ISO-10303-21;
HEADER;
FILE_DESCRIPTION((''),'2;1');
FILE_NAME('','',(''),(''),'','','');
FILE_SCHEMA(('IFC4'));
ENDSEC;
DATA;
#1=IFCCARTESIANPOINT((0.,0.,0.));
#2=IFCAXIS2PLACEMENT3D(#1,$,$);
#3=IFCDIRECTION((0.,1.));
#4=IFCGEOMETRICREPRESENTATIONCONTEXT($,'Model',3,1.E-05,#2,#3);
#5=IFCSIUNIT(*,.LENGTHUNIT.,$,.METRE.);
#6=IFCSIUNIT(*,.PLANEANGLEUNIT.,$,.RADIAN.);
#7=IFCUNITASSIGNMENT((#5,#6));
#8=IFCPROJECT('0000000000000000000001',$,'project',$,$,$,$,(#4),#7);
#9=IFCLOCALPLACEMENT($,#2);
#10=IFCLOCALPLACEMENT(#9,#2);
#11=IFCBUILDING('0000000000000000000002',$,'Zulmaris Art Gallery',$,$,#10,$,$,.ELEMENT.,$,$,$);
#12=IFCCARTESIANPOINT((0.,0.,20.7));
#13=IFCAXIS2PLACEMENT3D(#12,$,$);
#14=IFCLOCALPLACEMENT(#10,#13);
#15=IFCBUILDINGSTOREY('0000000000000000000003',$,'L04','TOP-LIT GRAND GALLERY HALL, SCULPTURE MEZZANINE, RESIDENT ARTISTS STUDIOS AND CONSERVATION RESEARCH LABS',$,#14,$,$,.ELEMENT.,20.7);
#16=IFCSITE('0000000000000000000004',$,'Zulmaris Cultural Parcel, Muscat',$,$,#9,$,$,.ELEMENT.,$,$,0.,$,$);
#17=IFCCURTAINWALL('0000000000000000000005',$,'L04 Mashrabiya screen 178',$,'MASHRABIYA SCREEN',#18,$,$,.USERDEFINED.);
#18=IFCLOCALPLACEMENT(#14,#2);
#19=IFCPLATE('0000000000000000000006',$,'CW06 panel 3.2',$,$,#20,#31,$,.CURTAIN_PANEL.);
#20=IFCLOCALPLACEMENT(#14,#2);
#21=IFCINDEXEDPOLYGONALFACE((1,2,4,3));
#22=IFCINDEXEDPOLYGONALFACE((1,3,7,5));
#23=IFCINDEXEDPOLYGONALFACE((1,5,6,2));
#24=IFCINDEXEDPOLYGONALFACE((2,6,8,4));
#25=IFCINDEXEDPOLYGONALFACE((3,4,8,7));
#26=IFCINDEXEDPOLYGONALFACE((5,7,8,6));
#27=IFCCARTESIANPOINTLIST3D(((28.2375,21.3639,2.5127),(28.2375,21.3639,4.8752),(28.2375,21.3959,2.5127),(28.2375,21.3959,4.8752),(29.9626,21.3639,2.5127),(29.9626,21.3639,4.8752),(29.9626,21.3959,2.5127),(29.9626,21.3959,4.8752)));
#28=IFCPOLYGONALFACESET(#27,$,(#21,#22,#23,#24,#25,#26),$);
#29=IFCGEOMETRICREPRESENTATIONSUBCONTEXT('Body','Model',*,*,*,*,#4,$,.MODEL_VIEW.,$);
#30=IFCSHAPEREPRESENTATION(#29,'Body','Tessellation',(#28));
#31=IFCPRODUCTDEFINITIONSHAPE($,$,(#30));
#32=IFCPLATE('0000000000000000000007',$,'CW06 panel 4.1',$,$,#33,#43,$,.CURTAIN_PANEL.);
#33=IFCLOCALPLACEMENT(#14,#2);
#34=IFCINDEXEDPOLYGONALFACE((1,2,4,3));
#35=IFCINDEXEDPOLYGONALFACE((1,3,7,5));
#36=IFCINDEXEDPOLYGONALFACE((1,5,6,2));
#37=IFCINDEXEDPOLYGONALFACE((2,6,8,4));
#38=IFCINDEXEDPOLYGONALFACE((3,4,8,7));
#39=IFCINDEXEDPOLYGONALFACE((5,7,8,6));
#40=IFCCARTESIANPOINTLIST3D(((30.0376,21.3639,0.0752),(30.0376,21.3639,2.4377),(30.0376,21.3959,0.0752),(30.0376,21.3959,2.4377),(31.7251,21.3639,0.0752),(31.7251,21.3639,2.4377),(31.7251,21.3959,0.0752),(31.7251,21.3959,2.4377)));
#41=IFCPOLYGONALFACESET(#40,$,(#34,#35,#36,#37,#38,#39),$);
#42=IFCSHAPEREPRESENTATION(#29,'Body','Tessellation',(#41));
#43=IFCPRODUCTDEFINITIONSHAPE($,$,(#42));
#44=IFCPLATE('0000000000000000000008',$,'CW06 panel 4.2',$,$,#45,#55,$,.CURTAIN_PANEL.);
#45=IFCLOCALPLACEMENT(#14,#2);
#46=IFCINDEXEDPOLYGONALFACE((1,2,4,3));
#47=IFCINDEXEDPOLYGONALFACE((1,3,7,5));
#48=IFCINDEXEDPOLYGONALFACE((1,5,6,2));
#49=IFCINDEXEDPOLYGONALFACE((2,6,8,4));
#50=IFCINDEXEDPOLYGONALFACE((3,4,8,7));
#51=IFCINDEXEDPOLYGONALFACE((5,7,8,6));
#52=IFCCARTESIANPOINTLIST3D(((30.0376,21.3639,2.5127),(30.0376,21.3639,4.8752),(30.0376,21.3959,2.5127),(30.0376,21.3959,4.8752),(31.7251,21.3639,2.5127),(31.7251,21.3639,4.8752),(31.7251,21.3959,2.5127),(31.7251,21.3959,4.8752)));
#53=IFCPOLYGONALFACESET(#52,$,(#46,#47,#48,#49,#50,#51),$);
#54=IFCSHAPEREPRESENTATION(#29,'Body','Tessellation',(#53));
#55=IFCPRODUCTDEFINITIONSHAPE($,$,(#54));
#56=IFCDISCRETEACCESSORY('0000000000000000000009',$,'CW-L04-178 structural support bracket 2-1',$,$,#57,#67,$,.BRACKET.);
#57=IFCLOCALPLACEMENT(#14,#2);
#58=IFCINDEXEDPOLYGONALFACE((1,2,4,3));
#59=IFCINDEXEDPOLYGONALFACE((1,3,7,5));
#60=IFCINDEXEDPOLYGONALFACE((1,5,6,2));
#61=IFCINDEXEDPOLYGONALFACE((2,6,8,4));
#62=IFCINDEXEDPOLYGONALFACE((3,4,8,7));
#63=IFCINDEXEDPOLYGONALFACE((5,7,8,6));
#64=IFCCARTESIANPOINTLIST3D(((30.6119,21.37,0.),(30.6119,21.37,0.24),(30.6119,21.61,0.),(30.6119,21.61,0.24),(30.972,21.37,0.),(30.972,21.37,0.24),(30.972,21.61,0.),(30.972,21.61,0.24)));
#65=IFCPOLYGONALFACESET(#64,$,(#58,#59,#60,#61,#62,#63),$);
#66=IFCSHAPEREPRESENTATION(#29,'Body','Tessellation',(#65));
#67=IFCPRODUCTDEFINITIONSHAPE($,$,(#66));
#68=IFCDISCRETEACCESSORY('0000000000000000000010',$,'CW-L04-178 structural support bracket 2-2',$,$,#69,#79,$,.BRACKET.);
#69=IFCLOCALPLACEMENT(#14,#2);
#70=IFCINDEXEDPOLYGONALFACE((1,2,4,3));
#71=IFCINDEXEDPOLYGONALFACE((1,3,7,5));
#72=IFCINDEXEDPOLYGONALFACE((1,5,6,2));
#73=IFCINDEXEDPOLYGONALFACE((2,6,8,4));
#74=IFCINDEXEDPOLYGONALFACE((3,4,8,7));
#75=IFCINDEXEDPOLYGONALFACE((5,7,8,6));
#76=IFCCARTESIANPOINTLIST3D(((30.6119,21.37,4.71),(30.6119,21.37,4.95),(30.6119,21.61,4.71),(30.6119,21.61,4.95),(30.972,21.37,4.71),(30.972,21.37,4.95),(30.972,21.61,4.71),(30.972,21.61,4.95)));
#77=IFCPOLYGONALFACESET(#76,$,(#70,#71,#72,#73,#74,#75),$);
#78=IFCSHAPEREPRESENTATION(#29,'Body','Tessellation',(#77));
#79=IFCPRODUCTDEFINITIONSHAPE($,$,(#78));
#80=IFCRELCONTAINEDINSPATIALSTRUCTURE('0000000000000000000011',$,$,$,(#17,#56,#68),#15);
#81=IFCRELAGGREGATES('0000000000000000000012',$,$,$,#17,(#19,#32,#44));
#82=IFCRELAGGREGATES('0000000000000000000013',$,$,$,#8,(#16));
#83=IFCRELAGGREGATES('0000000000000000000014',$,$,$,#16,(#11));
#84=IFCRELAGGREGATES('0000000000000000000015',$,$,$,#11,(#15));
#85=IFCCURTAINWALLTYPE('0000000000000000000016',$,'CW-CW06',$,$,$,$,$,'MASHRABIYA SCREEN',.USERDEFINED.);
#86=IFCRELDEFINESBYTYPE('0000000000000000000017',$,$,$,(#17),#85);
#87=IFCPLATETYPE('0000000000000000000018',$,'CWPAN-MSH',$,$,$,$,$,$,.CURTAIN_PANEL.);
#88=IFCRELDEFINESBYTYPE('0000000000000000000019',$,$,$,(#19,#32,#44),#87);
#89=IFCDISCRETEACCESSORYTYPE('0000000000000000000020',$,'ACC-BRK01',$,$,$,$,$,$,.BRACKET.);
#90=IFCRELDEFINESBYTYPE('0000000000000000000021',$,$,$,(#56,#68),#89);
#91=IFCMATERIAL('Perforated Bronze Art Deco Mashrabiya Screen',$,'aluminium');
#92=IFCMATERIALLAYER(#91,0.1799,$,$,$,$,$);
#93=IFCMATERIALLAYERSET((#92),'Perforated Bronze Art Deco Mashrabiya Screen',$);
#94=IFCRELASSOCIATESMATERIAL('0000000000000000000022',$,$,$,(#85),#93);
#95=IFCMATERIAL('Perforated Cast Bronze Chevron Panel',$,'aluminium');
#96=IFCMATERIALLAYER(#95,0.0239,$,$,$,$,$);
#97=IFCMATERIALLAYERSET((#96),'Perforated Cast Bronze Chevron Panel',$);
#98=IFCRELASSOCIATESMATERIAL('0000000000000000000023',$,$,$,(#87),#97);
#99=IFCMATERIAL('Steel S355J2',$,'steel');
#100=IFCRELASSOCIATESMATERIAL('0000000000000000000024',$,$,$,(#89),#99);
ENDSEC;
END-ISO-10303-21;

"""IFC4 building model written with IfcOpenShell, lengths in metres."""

from ifc_helpers import new_model, si_unit, direction, frame, origin, origin_2d, place, context, subcontext, project, spatial, rectangle, extrude, material, layer, layer_set, type_object, element, aggregate, save


model = new_model("IFC4")

# Units and contexts
model_context = context("Model", 3, precision=1e-05, world=origin(), true_north=direction((0.0, 1.0)))
body_context = subcontext(model_context, "Body", "Model", "MODEL_VIEW")
ifc_project = project(units=[si_unit("LENGTHUNIT", "METRE"), si_unit("PLANEANGLEUNIT", "RADIAN")], contexts=[model_context])

# Site, building, storey
site_placement = place(None, origin())
site = spatial("IfcSite", under=ifc_project, at=site_placement, Name="Zulmaris Cultural Parcel, Muscat", CompositionType="ELEMENT", RefElevation=0.0)
building_placement = place(site_placement, origin())
building = spatial("IfcBuilding", under=site, at=building_placement, Name="Zulmaris Art Gallery", CompositionType="ELEMENT")
storey_placement = place(building_placement, frame((0.0, 0.0, 20.7)))
storey = spatial("IfcBuildingStorey", under=building, at=storey_placement, Name="L04", Description="TOP-LIT GRAND GALLERY HALL, SCULPTURE MEZZANINE, RESIDENT ARTISTS STUDIOS AND CONSERVATION RESEARCH LABS", CompositionType="ELEMENT", Elevation=20.7)

# Curtain wall
ifc_material_1 = material(Name="Perforated Bronze Art Deco Mashrabiya Screen", Category="aluminium")
ifc_layer_1 = layer(ifc_material_1, 0.1799)
ifc_layer_set_1 = layer_set([ifc_layer_1], Name="Perforated Bronze Art Deco Mashrabiya Screen")
curtain_wall_type_1 = type_object("IfcCurtainWallType", Name="CW-CW06", ElementType="MASHRABIYA SCREEN", PredefinedType="USERDEFINED", material=ifc_layer_set_1)
curtain_wall_1_placement = place(storey_placement, origin())
curtain_wall_1 = element("IfcCurtainWall", 1, at=curtain_wall_1_placement, inside=storey, type_object=curtain_wall_type_1, Name="L04 Mashrabiya screen 178", ObjectType="MASHRABIYA SCREEN", PredefinedType="USERDEFINED")

# Plates
ifc_material_2 = material(Name="Perforated Cast Bronze Chevron Panel", Category="aluminium")
ifc_layer_2 = layer(ifc_material_2, 0.0239)
ifc_layer_set_2 = layer_set([ifc_layer_2], Name="Perforated Cast Bronze Chevron Panel")
plate_type_1 = type_object("IfcPlateType", Name="CWPAN-MSH", PredefinedType="CURTAIN_PANEL", material=ifc_layer_set_2)
plate_1_placement = place(storey_placement, frame((29.1001, 21.3799, 2.5127), z_axis=(0.0, 0.0, 1.0), x_axis=(1.0, 0.0, 0.0)))
plate_1 = element("IfcPlate", 2, at=plate_1_placement, type_object=plate_type_1, Name="CW06 panel 3.2", PredefinedType="CURTAIN_PANEL", context=body_context, shape_type="SweptSolid", body=[
    extrude(rectangle(XDim=1.7251, YDim=0.032, at=origin_2d()), origin(), (0.0, 0.0, 1.0), 2.3625),
])
plate_2_placement = place(storey_placement, frame((30.8813, 21.3799, 0.0752), z_axis=(0.0, 0.0, 1.0), x_axis=(1.0, 0.0, 0.0)))
plate_2 = element("IfcPlate", 3, at=plate_2_placement, type_object=plate_type_1, Name="CW06 panel 4.1", PredefinedType="CURTAIN_PANEL", context=body_context, shape_type="SweptSolid", body=[
    extrude(rectangle(XDim=1.6875, YDim=0.032, at=origin_2d()), origin(), (0.0, 0.0, 1.0), 2.3625),
])
plate_3_placement = place(storey_placement, frame((30.8813, 21.3799, 2.5127), z_axis=(0.0, 0.0, 1.0), x_axis=(1.0, 0.0, 0.0)))
plate_3 = element("IfcPlate", 4, at=plate_3_placement, type_object=plate_type_1, Name="CW06 panel 4.2", PredefinedType="CURTAIN_PANEL", context=body_context, shape_type="SweptSolid", body=[
    extrude(rectangle(XDim=1.6875, YDim=0.032, at=origin_2d()), origin(), (0.0, 0.0, 1.0), 2.3625),
])
aggregate(curtain_wall_1, [plate_1, plate_2, plate_3])

# Discrete accessories
ifc_material_3 = material(Name="Steel S355J2", Category="steel")
discrete_accessory_type = type_object("IfcDiscreteAccessoryType", Name="ACC-BRK01", PredefinedType="BRACKET", material=ifc_material_3)
for number, where, z_axis, x_axis, name in (
    (5, (30.792, 21.49, 0.0), (0.0, 0.0, 1.0), (1.0, 0.0, 0.0), "CW-L04-178 structural support bracket 2-1"),
    (6, (30.792, 21.49, 4.71), (0.0, 0.0, 1.0), (1.0, 0.0, 0.0), "CW-L04-178 structural support bracket 2-2"),
):
    element("IfcDiscreteAccessory", number, at=place(storey_placement, frame(where, z_axis=z_axis, x_axis=x_axis)), inside=storey, type_object=discrete_accessory_type, Name=name, PredefinedType="BRACKET", context=body_context, shape_type="SweptSolid", body=[
        extrude(rectangle(XDim=0.3601, YDim=0.24, at=origin_2d()), origin(), (0.0, 0.0, 1.0), 0.24),
    ])

save(model, "model.ifc")
